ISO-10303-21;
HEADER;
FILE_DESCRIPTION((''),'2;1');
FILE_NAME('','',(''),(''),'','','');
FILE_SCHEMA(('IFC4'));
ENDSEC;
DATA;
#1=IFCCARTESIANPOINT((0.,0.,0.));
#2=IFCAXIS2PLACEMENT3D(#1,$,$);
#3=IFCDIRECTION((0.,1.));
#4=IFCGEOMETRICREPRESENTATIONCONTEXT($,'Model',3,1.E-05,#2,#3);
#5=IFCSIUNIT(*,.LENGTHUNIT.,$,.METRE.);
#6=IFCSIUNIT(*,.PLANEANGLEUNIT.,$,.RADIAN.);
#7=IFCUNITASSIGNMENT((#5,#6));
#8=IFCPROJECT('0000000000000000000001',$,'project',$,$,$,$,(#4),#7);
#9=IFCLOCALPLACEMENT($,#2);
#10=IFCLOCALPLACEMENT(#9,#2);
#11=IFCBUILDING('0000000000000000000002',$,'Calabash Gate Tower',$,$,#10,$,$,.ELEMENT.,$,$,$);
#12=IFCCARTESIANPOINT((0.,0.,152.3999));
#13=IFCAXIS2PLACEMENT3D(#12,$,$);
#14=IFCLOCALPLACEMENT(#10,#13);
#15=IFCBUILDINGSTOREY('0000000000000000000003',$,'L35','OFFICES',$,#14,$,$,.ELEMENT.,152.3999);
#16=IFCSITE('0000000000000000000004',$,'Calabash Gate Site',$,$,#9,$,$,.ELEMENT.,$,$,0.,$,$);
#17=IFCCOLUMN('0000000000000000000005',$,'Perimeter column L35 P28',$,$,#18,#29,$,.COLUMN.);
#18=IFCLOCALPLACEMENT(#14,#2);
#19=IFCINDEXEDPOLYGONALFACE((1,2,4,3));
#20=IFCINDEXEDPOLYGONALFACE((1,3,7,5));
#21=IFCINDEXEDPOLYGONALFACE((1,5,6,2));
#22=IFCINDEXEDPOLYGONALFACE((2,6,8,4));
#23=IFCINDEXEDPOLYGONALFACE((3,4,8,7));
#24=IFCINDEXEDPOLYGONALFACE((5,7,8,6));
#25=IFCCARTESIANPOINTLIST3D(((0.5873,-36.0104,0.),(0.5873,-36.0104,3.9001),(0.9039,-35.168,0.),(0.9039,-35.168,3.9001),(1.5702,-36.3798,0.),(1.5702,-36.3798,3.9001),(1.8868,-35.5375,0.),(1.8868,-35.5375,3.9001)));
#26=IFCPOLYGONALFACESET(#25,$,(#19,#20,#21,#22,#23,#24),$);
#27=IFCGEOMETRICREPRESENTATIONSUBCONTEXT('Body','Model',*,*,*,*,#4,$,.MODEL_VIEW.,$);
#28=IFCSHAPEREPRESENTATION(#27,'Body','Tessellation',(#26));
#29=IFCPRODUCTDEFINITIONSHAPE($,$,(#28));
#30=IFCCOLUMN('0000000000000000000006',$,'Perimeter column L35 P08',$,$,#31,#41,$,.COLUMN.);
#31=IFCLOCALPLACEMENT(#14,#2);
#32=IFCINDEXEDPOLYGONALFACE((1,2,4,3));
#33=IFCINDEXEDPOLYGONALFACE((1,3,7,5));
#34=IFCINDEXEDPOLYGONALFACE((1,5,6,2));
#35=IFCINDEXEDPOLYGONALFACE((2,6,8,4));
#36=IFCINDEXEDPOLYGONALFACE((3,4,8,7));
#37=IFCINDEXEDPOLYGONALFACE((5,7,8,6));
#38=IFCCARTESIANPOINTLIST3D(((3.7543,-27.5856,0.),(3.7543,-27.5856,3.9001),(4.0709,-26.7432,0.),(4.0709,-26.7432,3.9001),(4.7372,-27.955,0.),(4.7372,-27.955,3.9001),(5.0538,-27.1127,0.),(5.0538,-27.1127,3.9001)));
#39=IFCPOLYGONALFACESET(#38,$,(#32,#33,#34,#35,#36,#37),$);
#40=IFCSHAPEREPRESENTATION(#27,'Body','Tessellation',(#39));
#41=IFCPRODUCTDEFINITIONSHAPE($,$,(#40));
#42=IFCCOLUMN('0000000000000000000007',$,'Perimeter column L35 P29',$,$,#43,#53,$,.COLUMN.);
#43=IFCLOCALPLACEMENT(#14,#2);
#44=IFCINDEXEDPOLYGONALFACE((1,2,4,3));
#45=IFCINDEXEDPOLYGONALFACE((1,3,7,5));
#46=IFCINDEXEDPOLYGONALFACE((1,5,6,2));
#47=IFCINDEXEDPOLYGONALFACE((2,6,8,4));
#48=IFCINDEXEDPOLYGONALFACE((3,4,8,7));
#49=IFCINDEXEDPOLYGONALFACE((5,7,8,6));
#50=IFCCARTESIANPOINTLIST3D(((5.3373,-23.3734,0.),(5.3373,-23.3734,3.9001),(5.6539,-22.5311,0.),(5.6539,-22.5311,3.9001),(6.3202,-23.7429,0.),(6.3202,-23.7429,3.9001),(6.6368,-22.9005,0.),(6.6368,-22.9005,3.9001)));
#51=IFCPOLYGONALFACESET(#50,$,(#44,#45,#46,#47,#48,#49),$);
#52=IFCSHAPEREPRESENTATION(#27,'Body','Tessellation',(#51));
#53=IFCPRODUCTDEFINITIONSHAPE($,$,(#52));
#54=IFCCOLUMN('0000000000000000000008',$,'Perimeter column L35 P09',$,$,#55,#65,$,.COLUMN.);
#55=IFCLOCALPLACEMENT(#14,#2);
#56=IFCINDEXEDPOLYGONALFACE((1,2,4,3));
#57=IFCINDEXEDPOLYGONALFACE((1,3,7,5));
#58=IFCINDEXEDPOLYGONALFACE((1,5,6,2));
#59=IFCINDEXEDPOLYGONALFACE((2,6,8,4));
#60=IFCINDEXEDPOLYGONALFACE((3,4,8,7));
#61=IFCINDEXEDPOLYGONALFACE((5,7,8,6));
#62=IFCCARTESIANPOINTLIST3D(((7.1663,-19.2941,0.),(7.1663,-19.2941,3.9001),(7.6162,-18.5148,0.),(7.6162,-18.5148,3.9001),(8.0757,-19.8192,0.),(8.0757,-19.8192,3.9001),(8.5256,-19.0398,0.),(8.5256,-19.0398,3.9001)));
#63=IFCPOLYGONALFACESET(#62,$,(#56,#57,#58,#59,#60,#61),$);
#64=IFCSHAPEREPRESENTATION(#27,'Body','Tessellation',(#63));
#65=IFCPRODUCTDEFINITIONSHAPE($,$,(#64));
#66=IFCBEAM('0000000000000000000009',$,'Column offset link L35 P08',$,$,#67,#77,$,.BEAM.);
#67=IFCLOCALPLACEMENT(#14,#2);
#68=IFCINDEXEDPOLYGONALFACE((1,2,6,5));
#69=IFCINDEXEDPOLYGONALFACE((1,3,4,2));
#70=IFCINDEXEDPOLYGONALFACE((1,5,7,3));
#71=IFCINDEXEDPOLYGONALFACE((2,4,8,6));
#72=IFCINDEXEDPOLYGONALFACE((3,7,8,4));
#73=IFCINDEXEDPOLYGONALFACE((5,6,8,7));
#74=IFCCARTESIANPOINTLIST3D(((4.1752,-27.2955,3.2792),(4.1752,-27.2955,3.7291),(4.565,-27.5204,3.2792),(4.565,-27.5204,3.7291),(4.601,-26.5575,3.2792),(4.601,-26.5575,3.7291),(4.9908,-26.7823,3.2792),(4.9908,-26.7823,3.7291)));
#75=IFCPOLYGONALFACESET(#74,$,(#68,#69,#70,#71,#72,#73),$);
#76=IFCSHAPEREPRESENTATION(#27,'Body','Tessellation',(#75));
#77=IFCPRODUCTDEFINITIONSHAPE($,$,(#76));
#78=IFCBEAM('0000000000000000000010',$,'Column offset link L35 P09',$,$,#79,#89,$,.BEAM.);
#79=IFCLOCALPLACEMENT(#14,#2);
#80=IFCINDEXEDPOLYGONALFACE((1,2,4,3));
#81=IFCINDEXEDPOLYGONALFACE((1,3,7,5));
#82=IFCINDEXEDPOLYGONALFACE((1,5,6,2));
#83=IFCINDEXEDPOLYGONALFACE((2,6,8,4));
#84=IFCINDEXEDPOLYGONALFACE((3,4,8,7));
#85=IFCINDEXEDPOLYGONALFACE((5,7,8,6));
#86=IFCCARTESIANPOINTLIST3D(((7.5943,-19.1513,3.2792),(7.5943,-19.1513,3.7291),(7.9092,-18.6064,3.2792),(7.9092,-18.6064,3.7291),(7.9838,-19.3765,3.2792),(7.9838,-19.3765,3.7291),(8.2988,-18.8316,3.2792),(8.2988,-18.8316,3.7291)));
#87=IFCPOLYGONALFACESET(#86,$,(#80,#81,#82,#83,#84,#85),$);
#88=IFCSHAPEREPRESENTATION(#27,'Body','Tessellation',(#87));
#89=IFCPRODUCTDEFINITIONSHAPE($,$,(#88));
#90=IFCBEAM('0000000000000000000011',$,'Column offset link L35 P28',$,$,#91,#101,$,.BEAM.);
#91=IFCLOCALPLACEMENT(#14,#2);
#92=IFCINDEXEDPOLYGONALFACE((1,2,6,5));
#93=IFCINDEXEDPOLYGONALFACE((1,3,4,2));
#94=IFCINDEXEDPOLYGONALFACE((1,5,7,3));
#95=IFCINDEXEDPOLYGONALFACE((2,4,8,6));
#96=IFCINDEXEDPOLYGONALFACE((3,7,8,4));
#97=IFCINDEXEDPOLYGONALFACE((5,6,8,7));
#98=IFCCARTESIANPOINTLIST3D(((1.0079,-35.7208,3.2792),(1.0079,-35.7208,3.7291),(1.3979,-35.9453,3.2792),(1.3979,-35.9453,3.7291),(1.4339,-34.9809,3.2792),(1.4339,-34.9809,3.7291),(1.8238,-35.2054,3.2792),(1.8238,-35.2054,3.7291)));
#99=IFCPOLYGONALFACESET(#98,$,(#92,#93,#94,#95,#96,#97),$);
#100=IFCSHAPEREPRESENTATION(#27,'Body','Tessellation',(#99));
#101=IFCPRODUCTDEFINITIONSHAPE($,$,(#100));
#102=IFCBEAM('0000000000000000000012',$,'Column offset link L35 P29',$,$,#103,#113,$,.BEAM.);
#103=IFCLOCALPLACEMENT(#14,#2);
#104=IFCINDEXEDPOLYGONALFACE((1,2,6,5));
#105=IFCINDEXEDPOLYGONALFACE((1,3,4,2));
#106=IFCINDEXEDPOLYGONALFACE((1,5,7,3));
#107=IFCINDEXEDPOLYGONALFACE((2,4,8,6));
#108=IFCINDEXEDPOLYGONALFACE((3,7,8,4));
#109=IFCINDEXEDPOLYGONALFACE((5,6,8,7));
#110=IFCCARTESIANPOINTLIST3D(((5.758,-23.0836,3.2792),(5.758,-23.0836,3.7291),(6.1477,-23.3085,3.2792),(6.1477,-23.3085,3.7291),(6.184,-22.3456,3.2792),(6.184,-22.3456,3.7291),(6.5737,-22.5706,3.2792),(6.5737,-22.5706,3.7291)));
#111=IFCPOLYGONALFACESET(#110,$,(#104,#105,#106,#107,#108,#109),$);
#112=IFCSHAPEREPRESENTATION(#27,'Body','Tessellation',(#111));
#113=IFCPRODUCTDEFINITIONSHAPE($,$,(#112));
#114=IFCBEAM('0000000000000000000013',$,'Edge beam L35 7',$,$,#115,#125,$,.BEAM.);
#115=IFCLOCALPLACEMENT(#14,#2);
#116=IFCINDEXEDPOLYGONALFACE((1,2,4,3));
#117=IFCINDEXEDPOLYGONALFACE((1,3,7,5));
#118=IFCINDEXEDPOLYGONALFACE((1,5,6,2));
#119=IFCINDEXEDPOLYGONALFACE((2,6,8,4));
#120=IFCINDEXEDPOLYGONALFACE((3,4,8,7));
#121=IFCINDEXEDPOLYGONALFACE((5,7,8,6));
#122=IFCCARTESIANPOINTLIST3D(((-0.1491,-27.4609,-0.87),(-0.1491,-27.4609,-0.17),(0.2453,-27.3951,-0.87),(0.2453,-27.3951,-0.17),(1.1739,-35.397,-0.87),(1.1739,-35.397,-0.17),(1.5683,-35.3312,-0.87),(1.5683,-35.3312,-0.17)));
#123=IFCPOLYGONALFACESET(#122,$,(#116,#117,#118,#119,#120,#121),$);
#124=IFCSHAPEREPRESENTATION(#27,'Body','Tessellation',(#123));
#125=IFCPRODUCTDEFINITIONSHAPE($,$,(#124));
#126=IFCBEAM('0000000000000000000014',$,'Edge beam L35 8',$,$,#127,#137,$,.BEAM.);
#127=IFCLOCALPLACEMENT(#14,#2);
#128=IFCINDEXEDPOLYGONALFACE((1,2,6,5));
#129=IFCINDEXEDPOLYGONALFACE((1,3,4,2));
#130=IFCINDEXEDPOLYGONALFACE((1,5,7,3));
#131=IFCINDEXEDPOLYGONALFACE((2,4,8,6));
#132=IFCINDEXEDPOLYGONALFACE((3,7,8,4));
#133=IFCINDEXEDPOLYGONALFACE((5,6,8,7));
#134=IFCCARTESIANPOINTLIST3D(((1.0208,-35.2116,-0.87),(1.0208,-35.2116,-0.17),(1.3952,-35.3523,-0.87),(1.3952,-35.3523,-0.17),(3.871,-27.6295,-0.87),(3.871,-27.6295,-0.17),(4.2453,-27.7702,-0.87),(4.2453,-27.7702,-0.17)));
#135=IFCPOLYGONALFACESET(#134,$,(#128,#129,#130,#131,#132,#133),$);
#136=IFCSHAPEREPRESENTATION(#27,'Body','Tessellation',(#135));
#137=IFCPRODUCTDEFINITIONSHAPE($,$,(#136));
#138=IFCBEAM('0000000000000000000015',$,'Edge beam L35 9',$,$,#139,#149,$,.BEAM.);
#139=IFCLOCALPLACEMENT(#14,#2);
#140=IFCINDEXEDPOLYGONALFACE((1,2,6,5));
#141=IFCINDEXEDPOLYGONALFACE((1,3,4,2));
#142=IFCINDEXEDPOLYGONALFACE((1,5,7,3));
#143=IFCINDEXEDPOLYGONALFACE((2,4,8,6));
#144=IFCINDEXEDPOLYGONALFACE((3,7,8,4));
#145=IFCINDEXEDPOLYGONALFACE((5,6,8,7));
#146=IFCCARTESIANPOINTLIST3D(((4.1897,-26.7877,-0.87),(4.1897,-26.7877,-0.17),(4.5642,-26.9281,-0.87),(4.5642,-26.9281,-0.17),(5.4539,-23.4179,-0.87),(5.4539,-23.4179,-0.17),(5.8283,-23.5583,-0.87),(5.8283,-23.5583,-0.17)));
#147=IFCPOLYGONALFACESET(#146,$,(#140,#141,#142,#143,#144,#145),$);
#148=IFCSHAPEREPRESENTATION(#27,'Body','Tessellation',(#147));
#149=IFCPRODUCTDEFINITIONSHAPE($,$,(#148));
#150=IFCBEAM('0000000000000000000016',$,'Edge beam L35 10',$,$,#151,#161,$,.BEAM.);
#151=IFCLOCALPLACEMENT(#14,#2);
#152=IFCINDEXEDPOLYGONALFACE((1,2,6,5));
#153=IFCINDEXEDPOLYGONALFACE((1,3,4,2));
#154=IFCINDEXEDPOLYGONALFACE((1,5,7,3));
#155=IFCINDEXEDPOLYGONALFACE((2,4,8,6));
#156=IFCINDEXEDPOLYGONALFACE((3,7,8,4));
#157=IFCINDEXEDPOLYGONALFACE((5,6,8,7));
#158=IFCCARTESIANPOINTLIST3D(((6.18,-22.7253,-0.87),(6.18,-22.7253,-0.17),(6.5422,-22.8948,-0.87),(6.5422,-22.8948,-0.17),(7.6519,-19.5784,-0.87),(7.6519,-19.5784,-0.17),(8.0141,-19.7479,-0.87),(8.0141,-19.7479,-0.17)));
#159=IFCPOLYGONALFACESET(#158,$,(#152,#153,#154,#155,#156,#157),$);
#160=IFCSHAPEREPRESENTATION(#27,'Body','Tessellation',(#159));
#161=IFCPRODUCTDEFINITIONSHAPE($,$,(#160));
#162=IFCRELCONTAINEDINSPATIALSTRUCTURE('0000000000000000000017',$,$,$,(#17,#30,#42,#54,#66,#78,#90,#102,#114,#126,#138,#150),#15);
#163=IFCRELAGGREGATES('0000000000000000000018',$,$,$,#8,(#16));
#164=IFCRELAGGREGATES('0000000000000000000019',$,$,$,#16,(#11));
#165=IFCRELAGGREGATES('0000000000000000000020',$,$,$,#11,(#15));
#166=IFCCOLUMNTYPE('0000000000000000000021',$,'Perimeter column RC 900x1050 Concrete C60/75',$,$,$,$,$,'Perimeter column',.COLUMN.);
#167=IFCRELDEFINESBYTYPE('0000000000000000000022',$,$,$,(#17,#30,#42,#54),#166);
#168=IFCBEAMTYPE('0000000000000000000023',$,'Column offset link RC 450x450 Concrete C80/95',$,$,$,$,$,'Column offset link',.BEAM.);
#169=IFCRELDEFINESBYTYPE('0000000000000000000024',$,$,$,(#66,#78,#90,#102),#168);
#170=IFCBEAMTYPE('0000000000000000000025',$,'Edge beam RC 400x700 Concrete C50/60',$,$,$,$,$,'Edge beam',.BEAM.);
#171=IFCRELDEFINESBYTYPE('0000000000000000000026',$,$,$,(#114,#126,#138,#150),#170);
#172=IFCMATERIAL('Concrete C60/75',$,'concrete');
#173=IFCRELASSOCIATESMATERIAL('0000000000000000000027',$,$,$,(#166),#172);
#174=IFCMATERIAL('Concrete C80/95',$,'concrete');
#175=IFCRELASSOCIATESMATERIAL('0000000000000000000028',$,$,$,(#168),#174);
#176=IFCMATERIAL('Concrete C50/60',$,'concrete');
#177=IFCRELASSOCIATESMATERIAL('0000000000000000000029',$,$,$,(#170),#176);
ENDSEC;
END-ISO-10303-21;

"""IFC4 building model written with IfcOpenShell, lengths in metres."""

from ifc_helpers import new_model, si_unit, direction, frame, origin, origin_2d, place, context, subcontext, project, spatial, rectangle, extrude, material, material_profile, profile_set, type_object, element, save


model = new_model("IFC4")

# Units and contexts
model_context = context("Model", 3, precision=1e-05, world=origin(), true_north=direction((0.0, 1.0)))
body_context = subcontext(model_context, "Body", "Model", "MODEL_VIEW")
ifc_project = project(units=[si_unit("LENGTHUNIT", "METRE"), si_unit("PLANEANGLEUNIT", "RADIAN")], contexts=[model_context])

# Site, building, storey
site_placement = place(None, origin())
site = spatial("IfcSite", under=ifc_project, at=site_placement, Name="Calabash Gate Site", CompositionType="ELEMENT", RefElevation=0.0)
building_placement = place(site_placement, origin())
building = spatial("IfcBuilding", under=site, at=building_placement, Name="Calabash Gate Tower", CompositionType="ELEMENT")
storey_placement = place(building_placement, frame((0.0, 0.0, 152.3999)))
storey = spatial("IfcBuildingStorey", under=building, at=storey_placement, Name="L35", Description="OFFICES", CompositionType="ELEMENT", Elevation=152.3999)

# Columns
ifc_material_1 = material(Name="Concrete C60/75", Category="concrete")
ifc_material_profile_1 = material_profile(ifc_material_1, rectangle(XDim=0.8999, YDim=1.05, at=origin_2d()))
ifc_profile_set_1 = profile_set([ifc_material_profile_1], Name="Concrete C60/75")
column_type = type_object("IfcColumnType", Name="Perimeter column RC 900x1050 Concrete C60/75", ElementType="Perimeter column", PredefinedType="COLUMN", material=ifc_profile_set_1)
for number, where, z_axis, x_axis, name in (
    (1, (1.2371, -35.7739, 0.0), (0.0, 0.0, 1.0), (0.351823, 0.936067, 0.0), "Perimeter column L35 P28"),
    (2, (4.4041, -27.3491, 0.0), (0.0, 0.0, 1.0), (0.351823, 0.936067, 0.0), "Perimeter column L35 P08"),
    (3, (5.9871, -23.137, 0.0), (0.0, 0.0, 1.0), (0.351823, 0.936067, 0.0), "Perimeter column L35 P29"),
    (4, (7.8459, -19.167, 0.0), (0.0, 0.0, 1.0), (0.5, 0.866025, 0.0), "Perimeter column L35 P09"),
):
    element("IfcColumn", number, at=place(storey_placement, frame(where, z_axis=z_axis, x_axis=x_axis)), inside=storey, type_object=column_type, Name=name, PredefinedType="COLUMN", context=body_context, shape_type="SweptSolid", body=[
        extrude(rectangle(XDim=0.8999, YDim=1.05, at=origin_2d()), origin(), (0.0, 0.0, 1.0), 3.9001),
    ])

# Beams
ifc_material_2 = material(Name="Concrete C80/95", Category="concrete")
ifc_material_profile_2 = material_profile(ifc_material_2, rectangle(XDim=0.45, YDim=0.45, at=origin_2d()))
ifc_profile_set_2 = profile_set([ifc_material_profile_2], Name="Concrete C80/95")
beam_type_1 = type_object("IfcBeamType", Name="Column offset link RC 450x450 Concrete C80/95", ElementType="Column offset link", PredefinedType="BEAM", material=ifc_profile_set_2)
beam_1_placement = place(storey_placement, frame((4.3701, -27.408, 3.5042), z_axis=(0.499714, 0.86619, 0.0), x_axis=(-0.86619, 0.499714, 0.0)))
element("IfcBeam", 5, at=beam_1_placement, inside=storey, type_object=beam_type_1, Name="Column offset link L35 P08", PredefinedType="BEAM", context=body_context, shape_type="SweptSolid", body=[
    extrude(rectangle(XDim=0.45, YDim=0.45, at=origin_2d()), origin(), (0.0, 0.0, 1.0), 0.8521),
])
beam_2_placement = place(storey_placement, frame((7.7891, -19.2639, 3.5042), z_axis=(0.500394, 0.865798, 0.0), x_axis=(-0.865798, 0.500394, 0.0)))
element("IfcBeam", 6, at=beam_2_placement, inside=storey, type_object=beam_type_1, Name="Column offset link L35 P09", PredefinedType="BEAM", context=body_context, shape_type="SweptSolid", body=[
    extrude(rectangle(XDim=0.45, YDim=0.45, at=origin_2d()), origin(), (0.0, 0.0, 1.0), 0.6294),
])
beam_3_placement = place(storey_placement, frame((1.2029, -35.833, 3.5042), z_axis=(0.498938, 0.866637, 0.0), x_axis=(-0.866637, 0.498938, 0.0)))
element("IfcBeam", 7, at=beam_3_placement, inside=storey, type_object=beam_type_1, Name="Column offset link L35 P28", PredefinedType="BEAM", context=body_context, shape_type="SweptSolid", body=[
    extrude(rectangle(XDim=0.45, YDim=0.45, at=origin_2d()), origin(), (0.0, 0.0, 1.0), 0.8538),
])
beam_4_placement = place(storey_placement, frame((5.9529, -23.196, 3.5042), z_axis=(0.499929, 0.866066, 0.0), x_axis=(-0.866066, 0.499929, 0.0)))
element("IfcBeam", 8, at=beam_4_placement, inside=storey, type_object=beam_type_1, Name="Column offset link L35 P29", PredefinedType="BEAM", context=body_context, shape_type="SweptSolid", body=[
    extrude(rectangle(XDim=0.45, YDim=0.45, at=origin_2d()), origin(), (0.0, 0.0, 1.0), 0.8521),
])
ifc_material_3 = material(Name="Concrete C50/60", Category="concrete")
ifc_material_profile_3 = material_profile(ifc_material_3, rectangle(XDim=0.3999, YDim=0.7, at=origin_2d()))
ifc_profile_set_3 = profile_set([ifc_material_profile_3], Name="Concrete C50/60")
beam_type_2 = type_object("IfcBeamType", Name="Edge beam RC 400x700 Concrete C50/60", ElementType="Edge beam", PredefinedType="BEAM", material=ifc_profile_set_3)
beam_5_placement = place(storey_placement, frame((0.0481, -27.428, -0.52), z_axis=(0.164438, -0.986387, 0.0), x_axis=(0.986387, 0.164438, 0.0)))
element("IfcBeam", 9, at=beam_5_placement, inside=storey, type_object=beam_type_2, Name="Edge beam L35 7", PredefinedType="BEAM", context=body_context, shape_type="SweptSolid", body=[
    extrude(rectangle(XDim=0.3999, YDim=0.7, at=origin_2d()), origin(), (0.0, 0.0, 1.0), 8.0457),
])
beam_6_placement = place(storey_placement, frame((1.208, -35.282, -0.52), z_axis=(0.351863, 0.936051, 0.0), x_axis=(-0.936051, 0.351863, 0.0)))
element("IfcBeam", 10, at=beam_6_placement, inside=storey, type_object=beam_type_2, Name="Edge beam L35 8", PredefinedType="BEAM", context=body_context, shape_type="SweptSolid", body=[
    extrude(rectangle(XDim=0.3999, YDim=0.7, at=origin_2d()), origin(), (0.0, 0.0, 1.0), 8.1001),
])
beam_7_placement = place(storey_placement, frame((4.377, -26.8579, -0.52), z_axis=(0.351235, 0.936287, 0.0), x_axis=(-0.936287, 0.351235, 0.0)))
element("IfcBeam", 11, at=beam_7_placement, inside=storey, type_object=beam_type_2, Name="Edge beam L35 9", PredefinedType="BEAM", context=body_context, shape_type="SweptSolid", body=[
    extrude(rectangle(XDim=0.3999, YDim=0.7, at=origin_2d()), origin(), (0.0, 0.0, 1.0), 3.5991),
])
beam_8_placement = place(storey_placement, frame((6.3611, -22.8101, -0.52), z_axis=(0.423674, 0.905815, 0.0), x_axis=(-0.905815, 0.423674, 0.0)))
element("IfcBeam", 12, at=beam_8_placement, inside=storey, type_object=beam_type_2, Name="Edge beam L35 10", PredefinedType="BEAM", context=body_context, shape_type="SweptSolid", body=[
    extrude(rectangle(XDim=0.3999, YDim=0.7, at=origin_2d()), origin(), (0.0, 0.0, 1.0), 3.4741),
])

save(model, "model.ifc")
